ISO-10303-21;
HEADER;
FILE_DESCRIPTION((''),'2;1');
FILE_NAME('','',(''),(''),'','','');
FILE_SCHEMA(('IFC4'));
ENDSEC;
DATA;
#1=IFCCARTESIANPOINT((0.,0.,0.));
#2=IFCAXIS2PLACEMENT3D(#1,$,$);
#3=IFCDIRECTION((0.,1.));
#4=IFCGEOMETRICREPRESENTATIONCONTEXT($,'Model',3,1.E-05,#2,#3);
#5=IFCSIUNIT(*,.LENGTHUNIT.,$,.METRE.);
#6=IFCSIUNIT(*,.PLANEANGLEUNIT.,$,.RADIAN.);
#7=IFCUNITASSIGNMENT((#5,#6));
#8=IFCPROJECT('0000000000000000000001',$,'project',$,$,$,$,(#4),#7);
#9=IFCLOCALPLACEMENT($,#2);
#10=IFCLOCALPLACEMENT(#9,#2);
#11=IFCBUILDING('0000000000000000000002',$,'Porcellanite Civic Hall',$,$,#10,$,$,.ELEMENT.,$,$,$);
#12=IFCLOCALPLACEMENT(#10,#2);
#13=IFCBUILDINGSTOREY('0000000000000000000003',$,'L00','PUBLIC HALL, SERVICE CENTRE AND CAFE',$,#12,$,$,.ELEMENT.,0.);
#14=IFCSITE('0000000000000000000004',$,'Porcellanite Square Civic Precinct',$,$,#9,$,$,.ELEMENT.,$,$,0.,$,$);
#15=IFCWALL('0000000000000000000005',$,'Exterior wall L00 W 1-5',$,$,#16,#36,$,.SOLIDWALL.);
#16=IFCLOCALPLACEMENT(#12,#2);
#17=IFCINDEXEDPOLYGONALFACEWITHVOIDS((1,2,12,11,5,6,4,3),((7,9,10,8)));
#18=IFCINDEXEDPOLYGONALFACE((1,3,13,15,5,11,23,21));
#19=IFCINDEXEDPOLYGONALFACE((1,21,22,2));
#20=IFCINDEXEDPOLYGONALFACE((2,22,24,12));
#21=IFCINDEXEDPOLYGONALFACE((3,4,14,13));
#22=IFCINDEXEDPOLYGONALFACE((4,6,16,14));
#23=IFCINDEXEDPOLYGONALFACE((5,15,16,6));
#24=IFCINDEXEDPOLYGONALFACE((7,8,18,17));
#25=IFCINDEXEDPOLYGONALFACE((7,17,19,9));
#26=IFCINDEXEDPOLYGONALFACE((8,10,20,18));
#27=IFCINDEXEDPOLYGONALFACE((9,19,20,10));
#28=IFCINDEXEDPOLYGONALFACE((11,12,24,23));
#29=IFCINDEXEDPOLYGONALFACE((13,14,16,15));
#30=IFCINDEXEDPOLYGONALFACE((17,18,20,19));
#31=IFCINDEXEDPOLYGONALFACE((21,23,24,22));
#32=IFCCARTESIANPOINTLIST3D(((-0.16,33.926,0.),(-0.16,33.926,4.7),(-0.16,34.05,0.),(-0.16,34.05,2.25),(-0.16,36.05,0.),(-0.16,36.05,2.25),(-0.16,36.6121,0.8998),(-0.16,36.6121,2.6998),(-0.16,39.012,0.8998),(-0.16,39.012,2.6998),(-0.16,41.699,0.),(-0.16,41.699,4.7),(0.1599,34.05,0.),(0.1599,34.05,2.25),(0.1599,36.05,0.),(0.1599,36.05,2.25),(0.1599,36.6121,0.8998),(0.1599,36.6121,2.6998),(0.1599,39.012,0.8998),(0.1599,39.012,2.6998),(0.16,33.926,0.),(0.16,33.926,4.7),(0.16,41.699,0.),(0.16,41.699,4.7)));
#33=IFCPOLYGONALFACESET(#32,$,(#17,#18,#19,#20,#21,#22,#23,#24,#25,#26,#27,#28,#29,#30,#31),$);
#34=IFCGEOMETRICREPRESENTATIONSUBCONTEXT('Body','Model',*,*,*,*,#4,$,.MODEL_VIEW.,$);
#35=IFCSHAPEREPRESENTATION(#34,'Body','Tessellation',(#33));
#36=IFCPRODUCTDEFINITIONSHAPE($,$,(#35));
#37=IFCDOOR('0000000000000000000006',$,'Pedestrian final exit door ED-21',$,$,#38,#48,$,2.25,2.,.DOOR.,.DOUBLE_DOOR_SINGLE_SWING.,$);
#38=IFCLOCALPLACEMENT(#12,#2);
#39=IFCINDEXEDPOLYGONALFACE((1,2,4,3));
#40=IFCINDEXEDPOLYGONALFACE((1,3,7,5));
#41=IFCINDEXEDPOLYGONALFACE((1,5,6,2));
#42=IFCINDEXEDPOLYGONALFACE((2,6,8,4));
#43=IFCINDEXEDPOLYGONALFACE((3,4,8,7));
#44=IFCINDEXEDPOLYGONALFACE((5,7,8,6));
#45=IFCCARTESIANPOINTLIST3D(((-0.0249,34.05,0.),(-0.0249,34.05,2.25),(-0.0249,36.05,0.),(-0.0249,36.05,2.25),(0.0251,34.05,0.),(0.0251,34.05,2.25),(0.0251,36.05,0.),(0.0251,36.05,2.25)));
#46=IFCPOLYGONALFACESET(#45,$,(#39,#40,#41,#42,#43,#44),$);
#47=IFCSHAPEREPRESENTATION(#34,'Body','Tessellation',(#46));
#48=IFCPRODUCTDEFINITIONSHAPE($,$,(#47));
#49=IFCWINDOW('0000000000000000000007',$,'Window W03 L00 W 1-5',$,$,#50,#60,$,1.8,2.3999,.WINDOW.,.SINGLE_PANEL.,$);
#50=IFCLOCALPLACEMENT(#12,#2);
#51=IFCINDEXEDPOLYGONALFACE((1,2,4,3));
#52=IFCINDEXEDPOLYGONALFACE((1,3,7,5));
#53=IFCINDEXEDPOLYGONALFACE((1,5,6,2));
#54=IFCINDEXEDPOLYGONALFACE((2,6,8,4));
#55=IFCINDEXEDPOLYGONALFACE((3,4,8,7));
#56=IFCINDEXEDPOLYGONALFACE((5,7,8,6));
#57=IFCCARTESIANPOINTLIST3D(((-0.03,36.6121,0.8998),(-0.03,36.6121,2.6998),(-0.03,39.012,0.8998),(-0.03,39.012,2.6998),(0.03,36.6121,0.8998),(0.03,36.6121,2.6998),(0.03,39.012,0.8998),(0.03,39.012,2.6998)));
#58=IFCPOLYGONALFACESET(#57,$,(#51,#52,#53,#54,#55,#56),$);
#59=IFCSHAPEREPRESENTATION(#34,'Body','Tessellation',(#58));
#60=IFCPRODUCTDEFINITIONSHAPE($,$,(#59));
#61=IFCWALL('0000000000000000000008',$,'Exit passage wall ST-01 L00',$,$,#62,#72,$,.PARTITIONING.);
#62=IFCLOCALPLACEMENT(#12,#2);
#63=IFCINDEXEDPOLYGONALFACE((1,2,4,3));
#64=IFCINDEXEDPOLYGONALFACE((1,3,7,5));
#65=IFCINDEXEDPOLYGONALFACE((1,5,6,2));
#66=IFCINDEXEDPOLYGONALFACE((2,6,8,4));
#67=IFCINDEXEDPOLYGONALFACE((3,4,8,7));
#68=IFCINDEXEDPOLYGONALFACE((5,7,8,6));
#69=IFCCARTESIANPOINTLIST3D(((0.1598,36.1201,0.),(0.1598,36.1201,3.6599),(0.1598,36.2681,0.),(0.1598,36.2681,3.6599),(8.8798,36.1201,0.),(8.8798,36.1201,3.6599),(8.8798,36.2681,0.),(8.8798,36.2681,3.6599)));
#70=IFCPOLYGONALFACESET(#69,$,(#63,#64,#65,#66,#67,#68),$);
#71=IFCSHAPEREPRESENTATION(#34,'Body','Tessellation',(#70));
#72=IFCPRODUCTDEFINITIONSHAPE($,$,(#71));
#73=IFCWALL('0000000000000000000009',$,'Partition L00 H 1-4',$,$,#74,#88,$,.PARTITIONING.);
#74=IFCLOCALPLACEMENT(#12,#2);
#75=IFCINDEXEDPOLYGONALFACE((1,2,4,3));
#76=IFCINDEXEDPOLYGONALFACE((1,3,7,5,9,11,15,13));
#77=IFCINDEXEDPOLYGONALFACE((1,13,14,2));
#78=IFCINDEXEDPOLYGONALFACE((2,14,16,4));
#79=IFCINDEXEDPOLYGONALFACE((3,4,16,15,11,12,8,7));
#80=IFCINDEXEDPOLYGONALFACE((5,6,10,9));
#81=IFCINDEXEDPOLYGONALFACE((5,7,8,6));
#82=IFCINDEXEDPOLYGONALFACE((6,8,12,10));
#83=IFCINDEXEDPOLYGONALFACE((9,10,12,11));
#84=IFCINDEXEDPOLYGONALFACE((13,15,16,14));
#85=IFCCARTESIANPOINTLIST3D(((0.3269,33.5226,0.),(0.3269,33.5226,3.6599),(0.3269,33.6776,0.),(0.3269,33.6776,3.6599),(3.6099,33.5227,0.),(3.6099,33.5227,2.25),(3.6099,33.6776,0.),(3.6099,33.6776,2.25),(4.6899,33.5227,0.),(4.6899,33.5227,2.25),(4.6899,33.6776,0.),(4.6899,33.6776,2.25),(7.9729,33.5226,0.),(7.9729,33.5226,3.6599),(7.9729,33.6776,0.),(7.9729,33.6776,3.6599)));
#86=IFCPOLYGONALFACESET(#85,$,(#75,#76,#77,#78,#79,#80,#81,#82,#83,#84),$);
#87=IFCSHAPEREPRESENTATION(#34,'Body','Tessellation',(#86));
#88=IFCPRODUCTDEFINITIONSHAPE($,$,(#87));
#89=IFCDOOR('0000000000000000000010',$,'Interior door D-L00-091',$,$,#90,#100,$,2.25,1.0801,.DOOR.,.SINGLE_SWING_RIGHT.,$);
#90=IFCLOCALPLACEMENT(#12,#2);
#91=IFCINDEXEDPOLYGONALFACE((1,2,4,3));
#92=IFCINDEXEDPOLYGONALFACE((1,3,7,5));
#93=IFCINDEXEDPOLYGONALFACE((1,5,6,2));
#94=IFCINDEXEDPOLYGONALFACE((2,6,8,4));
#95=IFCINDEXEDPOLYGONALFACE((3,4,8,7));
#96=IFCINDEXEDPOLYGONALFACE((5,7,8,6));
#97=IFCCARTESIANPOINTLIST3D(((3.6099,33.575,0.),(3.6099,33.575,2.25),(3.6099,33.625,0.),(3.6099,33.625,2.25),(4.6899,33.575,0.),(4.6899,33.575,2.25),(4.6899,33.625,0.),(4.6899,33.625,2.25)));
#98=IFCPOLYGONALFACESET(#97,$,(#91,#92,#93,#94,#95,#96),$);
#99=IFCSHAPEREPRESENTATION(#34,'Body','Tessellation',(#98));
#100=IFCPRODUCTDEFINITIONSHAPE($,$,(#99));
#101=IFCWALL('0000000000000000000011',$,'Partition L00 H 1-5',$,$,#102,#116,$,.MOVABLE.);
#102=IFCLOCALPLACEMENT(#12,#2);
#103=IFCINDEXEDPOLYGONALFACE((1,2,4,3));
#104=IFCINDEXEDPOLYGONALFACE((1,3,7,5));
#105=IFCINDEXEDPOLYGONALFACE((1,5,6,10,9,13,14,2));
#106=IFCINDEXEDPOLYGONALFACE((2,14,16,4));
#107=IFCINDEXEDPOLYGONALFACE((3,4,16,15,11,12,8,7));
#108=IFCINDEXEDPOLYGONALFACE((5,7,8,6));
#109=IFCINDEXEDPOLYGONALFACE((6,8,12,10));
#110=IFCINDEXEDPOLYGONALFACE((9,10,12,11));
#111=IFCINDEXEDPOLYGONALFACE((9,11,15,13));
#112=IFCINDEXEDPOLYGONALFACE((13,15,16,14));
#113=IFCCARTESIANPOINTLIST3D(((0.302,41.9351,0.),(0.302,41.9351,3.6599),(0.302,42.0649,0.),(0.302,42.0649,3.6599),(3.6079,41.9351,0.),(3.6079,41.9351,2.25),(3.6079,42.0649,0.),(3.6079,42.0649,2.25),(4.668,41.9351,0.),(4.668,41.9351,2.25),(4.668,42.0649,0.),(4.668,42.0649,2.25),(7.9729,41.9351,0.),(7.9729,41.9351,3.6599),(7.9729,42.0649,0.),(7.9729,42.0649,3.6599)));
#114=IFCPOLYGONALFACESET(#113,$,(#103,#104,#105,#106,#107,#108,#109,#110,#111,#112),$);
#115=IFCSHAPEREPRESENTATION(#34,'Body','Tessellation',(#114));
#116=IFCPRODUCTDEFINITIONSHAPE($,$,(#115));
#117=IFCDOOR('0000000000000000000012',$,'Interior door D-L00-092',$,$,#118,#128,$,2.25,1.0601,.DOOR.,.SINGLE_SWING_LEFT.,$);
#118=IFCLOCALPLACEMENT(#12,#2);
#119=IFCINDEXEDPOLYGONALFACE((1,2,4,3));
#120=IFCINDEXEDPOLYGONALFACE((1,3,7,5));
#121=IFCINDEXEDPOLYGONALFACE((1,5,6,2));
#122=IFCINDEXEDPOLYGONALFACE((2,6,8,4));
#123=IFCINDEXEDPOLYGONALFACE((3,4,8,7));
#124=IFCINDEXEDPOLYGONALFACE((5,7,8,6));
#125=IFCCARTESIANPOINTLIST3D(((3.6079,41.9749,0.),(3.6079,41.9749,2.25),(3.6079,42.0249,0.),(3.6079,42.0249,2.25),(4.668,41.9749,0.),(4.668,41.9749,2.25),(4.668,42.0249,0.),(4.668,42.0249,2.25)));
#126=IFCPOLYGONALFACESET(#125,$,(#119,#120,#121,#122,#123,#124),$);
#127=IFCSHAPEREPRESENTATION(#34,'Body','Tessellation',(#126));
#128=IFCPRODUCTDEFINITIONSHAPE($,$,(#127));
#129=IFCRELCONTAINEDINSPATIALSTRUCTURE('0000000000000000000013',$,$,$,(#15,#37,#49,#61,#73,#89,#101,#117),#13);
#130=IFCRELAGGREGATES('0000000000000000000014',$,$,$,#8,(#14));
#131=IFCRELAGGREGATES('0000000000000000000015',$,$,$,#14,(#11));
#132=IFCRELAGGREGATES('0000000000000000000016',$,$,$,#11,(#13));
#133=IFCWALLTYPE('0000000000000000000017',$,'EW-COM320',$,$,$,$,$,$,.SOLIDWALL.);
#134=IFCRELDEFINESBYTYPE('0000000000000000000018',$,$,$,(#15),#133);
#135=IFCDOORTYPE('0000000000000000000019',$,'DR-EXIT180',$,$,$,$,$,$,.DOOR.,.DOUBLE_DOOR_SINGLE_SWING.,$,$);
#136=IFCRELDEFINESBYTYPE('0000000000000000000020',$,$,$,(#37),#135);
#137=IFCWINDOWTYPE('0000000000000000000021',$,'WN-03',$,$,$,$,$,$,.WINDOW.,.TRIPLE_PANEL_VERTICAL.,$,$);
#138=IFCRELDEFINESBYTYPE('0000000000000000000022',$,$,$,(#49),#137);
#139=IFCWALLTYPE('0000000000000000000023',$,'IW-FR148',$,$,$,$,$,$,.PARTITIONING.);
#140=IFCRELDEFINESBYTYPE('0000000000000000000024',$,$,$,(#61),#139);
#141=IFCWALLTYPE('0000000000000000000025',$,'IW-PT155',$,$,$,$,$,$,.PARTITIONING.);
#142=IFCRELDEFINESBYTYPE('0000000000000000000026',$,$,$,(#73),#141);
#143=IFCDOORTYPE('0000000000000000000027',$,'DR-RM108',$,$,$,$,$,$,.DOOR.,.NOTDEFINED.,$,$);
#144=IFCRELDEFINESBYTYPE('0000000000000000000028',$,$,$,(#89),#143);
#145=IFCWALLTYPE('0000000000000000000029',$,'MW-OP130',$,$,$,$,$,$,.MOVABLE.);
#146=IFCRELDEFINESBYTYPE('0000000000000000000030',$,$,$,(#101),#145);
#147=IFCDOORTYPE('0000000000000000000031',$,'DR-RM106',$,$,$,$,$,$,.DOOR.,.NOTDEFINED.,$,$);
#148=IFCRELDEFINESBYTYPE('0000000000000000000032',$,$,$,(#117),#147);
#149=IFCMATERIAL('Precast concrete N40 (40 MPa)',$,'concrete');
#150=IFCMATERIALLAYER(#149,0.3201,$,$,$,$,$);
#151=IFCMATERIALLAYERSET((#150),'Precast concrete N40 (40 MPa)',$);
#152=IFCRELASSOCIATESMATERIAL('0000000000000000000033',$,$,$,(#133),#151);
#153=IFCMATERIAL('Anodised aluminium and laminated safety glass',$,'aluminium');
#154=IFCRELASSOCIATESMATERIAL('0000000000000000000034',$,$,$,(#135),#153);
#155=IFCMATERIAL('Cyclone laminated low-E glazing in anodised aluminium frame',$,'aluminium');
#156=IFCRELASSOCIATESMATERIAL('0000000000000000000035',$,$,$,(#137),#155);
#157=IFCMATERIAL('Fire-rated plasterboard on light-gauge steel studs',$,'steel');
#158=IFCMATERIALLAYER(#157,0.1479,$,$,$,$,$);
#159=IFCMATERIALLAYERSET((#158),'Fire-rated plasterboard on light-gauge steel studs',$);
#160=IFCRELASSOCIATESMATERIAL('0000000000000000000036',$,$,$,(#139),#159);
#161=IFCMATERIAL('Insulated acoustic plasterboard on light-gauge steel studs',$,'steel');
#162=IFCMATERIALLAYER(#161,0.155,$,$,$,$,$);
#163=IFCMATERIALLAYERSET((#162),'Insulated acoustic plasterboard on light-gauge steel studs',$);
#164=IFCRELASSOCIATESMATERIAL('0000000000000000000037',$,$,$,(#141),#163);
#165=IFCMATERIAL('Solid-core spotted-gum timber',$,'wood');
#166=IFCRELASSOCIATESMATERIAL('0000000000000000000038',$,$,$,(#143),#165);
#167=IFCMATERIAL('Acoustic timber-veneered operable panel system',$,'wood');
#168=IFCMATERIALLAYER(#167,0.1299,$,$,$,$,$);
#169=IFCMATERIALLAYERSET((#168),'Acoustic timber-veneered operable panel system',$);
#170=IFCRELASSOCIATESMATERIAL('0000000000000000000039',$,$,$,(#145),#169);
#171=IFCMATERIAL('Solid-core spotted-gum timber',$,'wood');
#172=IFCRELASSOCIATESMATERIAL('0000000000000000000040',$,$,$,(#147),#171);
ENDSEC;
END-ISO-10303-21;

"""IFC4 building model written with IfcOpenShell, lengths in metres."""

from ifc_helpers import new_model, si_unit, direction, frame, frame_2d, origin, place, context, subcontext, project, spatial, rectangle, extrude, material, layer, layer_set, type_object, element, fill, save


model = new_model("IFC4")

# Units and contexts
model_context = context("Model", 3, precision=1e-05, world=origin(), true_north=direction((0.0, 1.0)))
body_context = subcontext(model_context, "Body", "Model", "MODEL_VIEW")
ifc_project = project(units=[si_unit("LENGTHUNIT", "METRE"), si_unit("PLANEANGLEUNIT", "RADIAN")], contexts=[model_context])

# Site, building, storey
site_placement = place(None, origin())
site = spatial("IfcSite", under=ifc_project, at=site_placement, Name="Porcellanite Square Civic Precinct", CompositionType="ELEMENT", RefElevation=0.0)
building_placement = place(site_placement, origin())
building = spatial("IfcBuilding", under=site, at=building_placement, Name="Porcellanite Civic Hall", CompositionType="ELEMENT")
storey_placement = place(building_placement, origin())
storey = spatial("IfcBuildingStorey", under=building, at=storey_placement, Name="L00", Description="PUBLIC HALL, SERVICE CENTRE AND CAFE", CompositionType="ELEMENT", Elevation=0.0)

# Wall, openings, door, window
ifc_material_1 = material(Name="Precast concrete N40 (40 MPa)", Category="concrete")
ifc_layer_1 = layer(ifc_material_1, 0.3201)
ifc_layer_set_1 = layer_set([ifc_layer_1], Name="Precast concrete N40 (40 MPa)")
wall_type_1 = type_object("IfcWallType", Name="EW-COM320", PredefinedType="SOLIDWALL", material=ifc_layer_set_1)
wall_1_placement = place(storey_placement, frame((0.0, 33.926, 0.0), z_axis=(0.0, 0.0, 1.0), x_axis=(0.0, 1.0, 0.0)))
wall_1 = element("IfcWall", 1, at=wall_1_placement, inside=storey, type_object=wall_type_1, Name="Exterior wall L00 W 1-5", PredefinedType="SOLIDWALL", context=body_context, shape_type="SweptSolid", body=[
    extrude(rectangle(XDim=7.7729, YDim=0.3201, at=frame_2d((3.8865, 0.0))), origin(), (0.0, 0.0, 1.0), 4.7),
])
opening_1_placement = place(wall_1_placement, frame((2.686, 0.0, 0.8999)))
opening_1 = element("IfcOpeningElement", 2, at=opening_1_placement, cuts=wall_1, PredefinedType="OPENING", context=body_context, shape_type="SweptSolid", body=[
    extrude(rectangle(XDim=2.3999, YDim=1.8, at=frame_2d((1.2, 0.8999))), frame((0.0, 0.1602, 0.0), z_axis=(0.0, -1.0, 0.0), x_axis=(1.0, 0.0, 0.0)), (0.0, 0.0, 1.0), 0.3201),
])
opening_2_placement = place(wall_1_placement, frame((0.124, 0.0, 0.0)))
opening_2 = element("IfcOpeningElement", 3, at=opening_2_placement, cuts=wall_1, PredefinedType="OPENING", context=body_context, shape_type="SweptSolid", body=[
    extrude(rectangle(XDim=2.0, YDim=2.25, at=frame_2d((1.0, 1.125))), frame((0.0, 0.1602, 0.0), z_axis=(0.0, -1.0, 0.0), x_axis=(1.0, 0.0, 0.0)), (0.0, 0.0, 1.0), 0.3201),
])
ifc_material_2 = material(Name="Anodised aluminium and laminated safety glass", Category="aluminium")
door_type_1 = type_object("IfcDoorType", Name="DR-EXIT180", OperationType="DOUBLE_DOOR_SINGLE_SWING", PredefinedType="DOOR", material=ifc_material_2)
door_1_placement = place(opening_2_placement, origin())
door_1 = element("IfcDoor", 4, at=door_1_placement, inside=storey, type_object=door_type_1, Name="Pedestrian final exit door ED-21", OperationType="DOUBLE_DOOR_SINGLE_SWING", OverallHeight=2.25, OverallWidth=2.0, PredefinedType="DOOR", context=body_context, shape_type="SweptSolid", body=[
    extrude(rectangle(XDim=2.0, YDim=2.25, at=frame_2d((1.0, 1.125))), frame((0.0, 0.0249, 0.0), z_axis=(0.0, -1.0, 0.0), x_axis=(1.0, 0.0, 0.0)), (0.0, 0.0, 1.0), 0.05),
])
fill(opening_2, door_1)
ifc_material_3 = material(Name="Cyclone laminated low-E glazing in anodised aluminium frame", Category="aluminium")
window_type = type_object("IfcWindowType", Name="WN-03", PartitioningType="TRIPLE_PANEL_VERTICAL", PredefinedType="WINDOW", material=ifc_material_3)
window_placement = place(opening_1_placement, origin())
window = element("IfcWindow", 5, at=window_placement, inside=storey, type_object=window_type, Name="Window W03 L00 W 1-5", OverallHeight=1.8, OverallWidth=2.3999, PartitioningType="SINGLE_PANEL", PredefinedType="WINDOW", context=body_context, shape_type="SweptSolid", body=[
    extrude(rectangle(XDim=2.3999, YDim=1.8, at=frame_2d((1.2, 0.8999))), frame((0.0, 0.03, 0.0), z_axis=(0.0, -1.0, 0.0), x_axis=(1.0, 0.0, 0.0)), (0.0, 0.0, 1.0), 0.0601),
])
fill(opening_1, window)

# Wall
ifc_material_4 = material(Name="Fire-rated plasterboard on light-gauge steel studs", Category="steel")
ifc_layer_2 = layer(ifc_material_4, 0.1479)
ifc_layer_set_2 = layer_set([ifc_layer_2], Name="Fire-rated plasterboard on light-gauge steel studs")
wall_type_2 = type_object("IfcWallType", Name="IW-FR148", PredefinedType="PARTITIONING", material=ifc_layer_set_2)
wall_2_placement = place(storey_placement, frame((0.1599, 36.1941, 0.0), z_axis=(0.0, 0.0, 1.0), x_axis=(1.0, 0.0, 0.0)))
element("IfcWall", 6, at=wall_2_placement, inside=storey, type_object=wall_type_2, Name="Exit passage wall ST-01 L00", PredefinedType="PARTITIONING", context=body_context, shape_type="SweptSolid", body=[
    extrude(rectangle(XDim=8.72, YDim=0.1479, at=frame_2d((4.3599, 0.0))), origin(), (0.0, 0.0, 1.0), 3.6599),
])

# Walls, openings, doors
ifc_material_5 = material(Name="Insulated acoustic plasterboard on light-gauge steel studs", Category="steel")
ifc_layer_3 = layer(ifc_material_5, 0.155)
ifc_layer_set_3 = layer_set([ifc_layer_3], Name="Insulated acoustic plasterboard on light-gauge steel studs")
wall_type_3 = type_object("IfcWallType", Name="IW-PT155", PredefinedType="PARTITIONING", material=ifc_layer_set_3)
wall_3_placement = place(storey_placement, frame((0.3269, 33.6001, 0.0), z_axis=(0.0, 0.0, 1.0), x_axis=(1.0, 0.0, 0.0)))
wall_3 = element("IfcWall", 7, at=wall_3_placement, inside=storey, type_object=wall_type_3, Name="Partition L00 H 1-4", PredefinedType="PARTITIONING", context=body_context, shape_type="SweptSolid", body=[
    extrude(rectangle(XDim=7.646, YDim=0.155, at=frame_2d((3.823, 0.0))), origin(), (0.0, 0.0, 1.0), 3.6599),
])
opening_3_placement = place(wall_3_placement, frame((3.283, 0.0, 0.0)))
opening_3 = element("IfcOpeningElement", 8, at=opening_3_placement, cuts=wall_3, PredefinedType="OPENING", context=body_context, shape_type="SweptSolid", body=[
    extrude(rectangle(XDim=1.0801, YDim=2.25, at=frame_2d((0.54, 1.125))), frame((0.0, 0.0776, 0.0), z_axis=(0.0, -1.0, 0.0), x_axis=(1.0, 0.0, 0.0)), (0.0, 0.0, 1.0), 0.155),
])
ifc_material_6 = material(Name="Solid-core spotted-gum timber", Category="wood")
door_type_2 = type_object("IfcDoorType", Name="DR-RM108", OperationType="NOTDEFINED", PredefinedType="DOOR", material=ifc_material_6)
door_2_placement = place(opening_3_placement, origin())
door_2 = element("IfcDoor", 9, at=door_2_placement, inside=storey, type_object=door_type_2, Name="Interior door D-L00-091", OperationType="SINGLE_SWING_RIGHT", OverallHeight=2.25, OverallWidth=1.0801, PredefinedType="DOOR", context=body_context, shape_type="SweptSolid", body=[
    extrude(rectangle(XDim=1.0801, YDim=2.25, at=frame_2d((0.54, 1.125))), frame((0.0, 0.0249, 0.0), z_axis=(0.0, -1.0, 0.0), x_axis=(1.0, 0.0, 0.0)), (0.0, 0.0, 1.0), 0.05),
])
fill(opening_3, door_2)
ifc_material_7 = material(Name="Acoustic timber-veneered operable panel system", Category="wood")
ifc_layer_4 = layer(ifc_material_7, 0.1299)
ifc_layer_set_4 = layer_set([ifc_layer_4], Name="Acoustic timber-veneered operable panel system")
wall_type_4 = type_object("IfcWallType", Name="MW-OP130", PredefinedType="MOVABLE", material=ifc_layer_set_4)
wall_4_placement = place(storey_placement, frame((0.302, 42.0, 0.0), z_axis=(0.0, 0.0, 1.0), x_axis=(1.0, 0.0, 0.0)))
wall_4 = element("IfcWall", 10, at=wall_4_placement, inside=storey, type_object=wall_type_4, Name="Partition L00 H 1-5", PredefinedType="MOVABLE", context=body_context, shape_type="SweptSolid", body=[
    extrude(rectangle(XDim=7.6709, YDim=0.1299, at=frame_2d((3.8354, 0.0))), origin(), (0.0, 0.0, 1.0), 3.6599),
])
opening_4_placement = place(wall_4_placement, frame((3.3059, 0.0, 0.0)))
opening_4 = element("IfcOpeningElement", 11, at=opening_4_placement, cuts=wall_4, PredefinedType="OPENING", context=body_context, shape_type="SweptSolid", body=[
    extrude(rectangle(XDim=1.0601, YDim=2.25, at=frame_2d((0.53, 1.125))), frame((0.0, 0.0649, 0.0), z_axis=(0.0, -1.0, 0.0), x_axis=(1.0, 0.0, 0.0)), (0.0, 0.0, 1.0), 0.1299),
])
ifc_material_8 = material(Name="Solid-core spotted-gum timber", Category="wood")
door_type_3 = type_object("IfcDoorType", Name="DR-RM106", OperationType="NOTDEFINED", PredefinedType="DOOR", material=ifc_material_8)
door_3_placement = place(opening_4_placement, origin())
door_3 = element("IfcDoor", 12, at=door_3_placement, inside=storey, type_object=door_type_3, Name="Interior door D-L00-092", OperationType="SINGLE_SWING_LEFT", OverallHeight=2.25, OverallWidth=1.0601, PredefinedType="DOOR", context=body_context, shape_type="SweptSolid", body=[
    extrude(rectangle(XDim=1.0601, YDim=2.25, at=frame_2d((0.53, 1.125))), frame((0.0, 0.0249, 0.0), z_axis=(0.0, -1.0, 0.0), x_axis=(1.0, 0.0, 0.0)), (0.0, 0.0, 1.0), 0.05),
])
fill(opening_4, door_3)

save(model, "model.ifc")
